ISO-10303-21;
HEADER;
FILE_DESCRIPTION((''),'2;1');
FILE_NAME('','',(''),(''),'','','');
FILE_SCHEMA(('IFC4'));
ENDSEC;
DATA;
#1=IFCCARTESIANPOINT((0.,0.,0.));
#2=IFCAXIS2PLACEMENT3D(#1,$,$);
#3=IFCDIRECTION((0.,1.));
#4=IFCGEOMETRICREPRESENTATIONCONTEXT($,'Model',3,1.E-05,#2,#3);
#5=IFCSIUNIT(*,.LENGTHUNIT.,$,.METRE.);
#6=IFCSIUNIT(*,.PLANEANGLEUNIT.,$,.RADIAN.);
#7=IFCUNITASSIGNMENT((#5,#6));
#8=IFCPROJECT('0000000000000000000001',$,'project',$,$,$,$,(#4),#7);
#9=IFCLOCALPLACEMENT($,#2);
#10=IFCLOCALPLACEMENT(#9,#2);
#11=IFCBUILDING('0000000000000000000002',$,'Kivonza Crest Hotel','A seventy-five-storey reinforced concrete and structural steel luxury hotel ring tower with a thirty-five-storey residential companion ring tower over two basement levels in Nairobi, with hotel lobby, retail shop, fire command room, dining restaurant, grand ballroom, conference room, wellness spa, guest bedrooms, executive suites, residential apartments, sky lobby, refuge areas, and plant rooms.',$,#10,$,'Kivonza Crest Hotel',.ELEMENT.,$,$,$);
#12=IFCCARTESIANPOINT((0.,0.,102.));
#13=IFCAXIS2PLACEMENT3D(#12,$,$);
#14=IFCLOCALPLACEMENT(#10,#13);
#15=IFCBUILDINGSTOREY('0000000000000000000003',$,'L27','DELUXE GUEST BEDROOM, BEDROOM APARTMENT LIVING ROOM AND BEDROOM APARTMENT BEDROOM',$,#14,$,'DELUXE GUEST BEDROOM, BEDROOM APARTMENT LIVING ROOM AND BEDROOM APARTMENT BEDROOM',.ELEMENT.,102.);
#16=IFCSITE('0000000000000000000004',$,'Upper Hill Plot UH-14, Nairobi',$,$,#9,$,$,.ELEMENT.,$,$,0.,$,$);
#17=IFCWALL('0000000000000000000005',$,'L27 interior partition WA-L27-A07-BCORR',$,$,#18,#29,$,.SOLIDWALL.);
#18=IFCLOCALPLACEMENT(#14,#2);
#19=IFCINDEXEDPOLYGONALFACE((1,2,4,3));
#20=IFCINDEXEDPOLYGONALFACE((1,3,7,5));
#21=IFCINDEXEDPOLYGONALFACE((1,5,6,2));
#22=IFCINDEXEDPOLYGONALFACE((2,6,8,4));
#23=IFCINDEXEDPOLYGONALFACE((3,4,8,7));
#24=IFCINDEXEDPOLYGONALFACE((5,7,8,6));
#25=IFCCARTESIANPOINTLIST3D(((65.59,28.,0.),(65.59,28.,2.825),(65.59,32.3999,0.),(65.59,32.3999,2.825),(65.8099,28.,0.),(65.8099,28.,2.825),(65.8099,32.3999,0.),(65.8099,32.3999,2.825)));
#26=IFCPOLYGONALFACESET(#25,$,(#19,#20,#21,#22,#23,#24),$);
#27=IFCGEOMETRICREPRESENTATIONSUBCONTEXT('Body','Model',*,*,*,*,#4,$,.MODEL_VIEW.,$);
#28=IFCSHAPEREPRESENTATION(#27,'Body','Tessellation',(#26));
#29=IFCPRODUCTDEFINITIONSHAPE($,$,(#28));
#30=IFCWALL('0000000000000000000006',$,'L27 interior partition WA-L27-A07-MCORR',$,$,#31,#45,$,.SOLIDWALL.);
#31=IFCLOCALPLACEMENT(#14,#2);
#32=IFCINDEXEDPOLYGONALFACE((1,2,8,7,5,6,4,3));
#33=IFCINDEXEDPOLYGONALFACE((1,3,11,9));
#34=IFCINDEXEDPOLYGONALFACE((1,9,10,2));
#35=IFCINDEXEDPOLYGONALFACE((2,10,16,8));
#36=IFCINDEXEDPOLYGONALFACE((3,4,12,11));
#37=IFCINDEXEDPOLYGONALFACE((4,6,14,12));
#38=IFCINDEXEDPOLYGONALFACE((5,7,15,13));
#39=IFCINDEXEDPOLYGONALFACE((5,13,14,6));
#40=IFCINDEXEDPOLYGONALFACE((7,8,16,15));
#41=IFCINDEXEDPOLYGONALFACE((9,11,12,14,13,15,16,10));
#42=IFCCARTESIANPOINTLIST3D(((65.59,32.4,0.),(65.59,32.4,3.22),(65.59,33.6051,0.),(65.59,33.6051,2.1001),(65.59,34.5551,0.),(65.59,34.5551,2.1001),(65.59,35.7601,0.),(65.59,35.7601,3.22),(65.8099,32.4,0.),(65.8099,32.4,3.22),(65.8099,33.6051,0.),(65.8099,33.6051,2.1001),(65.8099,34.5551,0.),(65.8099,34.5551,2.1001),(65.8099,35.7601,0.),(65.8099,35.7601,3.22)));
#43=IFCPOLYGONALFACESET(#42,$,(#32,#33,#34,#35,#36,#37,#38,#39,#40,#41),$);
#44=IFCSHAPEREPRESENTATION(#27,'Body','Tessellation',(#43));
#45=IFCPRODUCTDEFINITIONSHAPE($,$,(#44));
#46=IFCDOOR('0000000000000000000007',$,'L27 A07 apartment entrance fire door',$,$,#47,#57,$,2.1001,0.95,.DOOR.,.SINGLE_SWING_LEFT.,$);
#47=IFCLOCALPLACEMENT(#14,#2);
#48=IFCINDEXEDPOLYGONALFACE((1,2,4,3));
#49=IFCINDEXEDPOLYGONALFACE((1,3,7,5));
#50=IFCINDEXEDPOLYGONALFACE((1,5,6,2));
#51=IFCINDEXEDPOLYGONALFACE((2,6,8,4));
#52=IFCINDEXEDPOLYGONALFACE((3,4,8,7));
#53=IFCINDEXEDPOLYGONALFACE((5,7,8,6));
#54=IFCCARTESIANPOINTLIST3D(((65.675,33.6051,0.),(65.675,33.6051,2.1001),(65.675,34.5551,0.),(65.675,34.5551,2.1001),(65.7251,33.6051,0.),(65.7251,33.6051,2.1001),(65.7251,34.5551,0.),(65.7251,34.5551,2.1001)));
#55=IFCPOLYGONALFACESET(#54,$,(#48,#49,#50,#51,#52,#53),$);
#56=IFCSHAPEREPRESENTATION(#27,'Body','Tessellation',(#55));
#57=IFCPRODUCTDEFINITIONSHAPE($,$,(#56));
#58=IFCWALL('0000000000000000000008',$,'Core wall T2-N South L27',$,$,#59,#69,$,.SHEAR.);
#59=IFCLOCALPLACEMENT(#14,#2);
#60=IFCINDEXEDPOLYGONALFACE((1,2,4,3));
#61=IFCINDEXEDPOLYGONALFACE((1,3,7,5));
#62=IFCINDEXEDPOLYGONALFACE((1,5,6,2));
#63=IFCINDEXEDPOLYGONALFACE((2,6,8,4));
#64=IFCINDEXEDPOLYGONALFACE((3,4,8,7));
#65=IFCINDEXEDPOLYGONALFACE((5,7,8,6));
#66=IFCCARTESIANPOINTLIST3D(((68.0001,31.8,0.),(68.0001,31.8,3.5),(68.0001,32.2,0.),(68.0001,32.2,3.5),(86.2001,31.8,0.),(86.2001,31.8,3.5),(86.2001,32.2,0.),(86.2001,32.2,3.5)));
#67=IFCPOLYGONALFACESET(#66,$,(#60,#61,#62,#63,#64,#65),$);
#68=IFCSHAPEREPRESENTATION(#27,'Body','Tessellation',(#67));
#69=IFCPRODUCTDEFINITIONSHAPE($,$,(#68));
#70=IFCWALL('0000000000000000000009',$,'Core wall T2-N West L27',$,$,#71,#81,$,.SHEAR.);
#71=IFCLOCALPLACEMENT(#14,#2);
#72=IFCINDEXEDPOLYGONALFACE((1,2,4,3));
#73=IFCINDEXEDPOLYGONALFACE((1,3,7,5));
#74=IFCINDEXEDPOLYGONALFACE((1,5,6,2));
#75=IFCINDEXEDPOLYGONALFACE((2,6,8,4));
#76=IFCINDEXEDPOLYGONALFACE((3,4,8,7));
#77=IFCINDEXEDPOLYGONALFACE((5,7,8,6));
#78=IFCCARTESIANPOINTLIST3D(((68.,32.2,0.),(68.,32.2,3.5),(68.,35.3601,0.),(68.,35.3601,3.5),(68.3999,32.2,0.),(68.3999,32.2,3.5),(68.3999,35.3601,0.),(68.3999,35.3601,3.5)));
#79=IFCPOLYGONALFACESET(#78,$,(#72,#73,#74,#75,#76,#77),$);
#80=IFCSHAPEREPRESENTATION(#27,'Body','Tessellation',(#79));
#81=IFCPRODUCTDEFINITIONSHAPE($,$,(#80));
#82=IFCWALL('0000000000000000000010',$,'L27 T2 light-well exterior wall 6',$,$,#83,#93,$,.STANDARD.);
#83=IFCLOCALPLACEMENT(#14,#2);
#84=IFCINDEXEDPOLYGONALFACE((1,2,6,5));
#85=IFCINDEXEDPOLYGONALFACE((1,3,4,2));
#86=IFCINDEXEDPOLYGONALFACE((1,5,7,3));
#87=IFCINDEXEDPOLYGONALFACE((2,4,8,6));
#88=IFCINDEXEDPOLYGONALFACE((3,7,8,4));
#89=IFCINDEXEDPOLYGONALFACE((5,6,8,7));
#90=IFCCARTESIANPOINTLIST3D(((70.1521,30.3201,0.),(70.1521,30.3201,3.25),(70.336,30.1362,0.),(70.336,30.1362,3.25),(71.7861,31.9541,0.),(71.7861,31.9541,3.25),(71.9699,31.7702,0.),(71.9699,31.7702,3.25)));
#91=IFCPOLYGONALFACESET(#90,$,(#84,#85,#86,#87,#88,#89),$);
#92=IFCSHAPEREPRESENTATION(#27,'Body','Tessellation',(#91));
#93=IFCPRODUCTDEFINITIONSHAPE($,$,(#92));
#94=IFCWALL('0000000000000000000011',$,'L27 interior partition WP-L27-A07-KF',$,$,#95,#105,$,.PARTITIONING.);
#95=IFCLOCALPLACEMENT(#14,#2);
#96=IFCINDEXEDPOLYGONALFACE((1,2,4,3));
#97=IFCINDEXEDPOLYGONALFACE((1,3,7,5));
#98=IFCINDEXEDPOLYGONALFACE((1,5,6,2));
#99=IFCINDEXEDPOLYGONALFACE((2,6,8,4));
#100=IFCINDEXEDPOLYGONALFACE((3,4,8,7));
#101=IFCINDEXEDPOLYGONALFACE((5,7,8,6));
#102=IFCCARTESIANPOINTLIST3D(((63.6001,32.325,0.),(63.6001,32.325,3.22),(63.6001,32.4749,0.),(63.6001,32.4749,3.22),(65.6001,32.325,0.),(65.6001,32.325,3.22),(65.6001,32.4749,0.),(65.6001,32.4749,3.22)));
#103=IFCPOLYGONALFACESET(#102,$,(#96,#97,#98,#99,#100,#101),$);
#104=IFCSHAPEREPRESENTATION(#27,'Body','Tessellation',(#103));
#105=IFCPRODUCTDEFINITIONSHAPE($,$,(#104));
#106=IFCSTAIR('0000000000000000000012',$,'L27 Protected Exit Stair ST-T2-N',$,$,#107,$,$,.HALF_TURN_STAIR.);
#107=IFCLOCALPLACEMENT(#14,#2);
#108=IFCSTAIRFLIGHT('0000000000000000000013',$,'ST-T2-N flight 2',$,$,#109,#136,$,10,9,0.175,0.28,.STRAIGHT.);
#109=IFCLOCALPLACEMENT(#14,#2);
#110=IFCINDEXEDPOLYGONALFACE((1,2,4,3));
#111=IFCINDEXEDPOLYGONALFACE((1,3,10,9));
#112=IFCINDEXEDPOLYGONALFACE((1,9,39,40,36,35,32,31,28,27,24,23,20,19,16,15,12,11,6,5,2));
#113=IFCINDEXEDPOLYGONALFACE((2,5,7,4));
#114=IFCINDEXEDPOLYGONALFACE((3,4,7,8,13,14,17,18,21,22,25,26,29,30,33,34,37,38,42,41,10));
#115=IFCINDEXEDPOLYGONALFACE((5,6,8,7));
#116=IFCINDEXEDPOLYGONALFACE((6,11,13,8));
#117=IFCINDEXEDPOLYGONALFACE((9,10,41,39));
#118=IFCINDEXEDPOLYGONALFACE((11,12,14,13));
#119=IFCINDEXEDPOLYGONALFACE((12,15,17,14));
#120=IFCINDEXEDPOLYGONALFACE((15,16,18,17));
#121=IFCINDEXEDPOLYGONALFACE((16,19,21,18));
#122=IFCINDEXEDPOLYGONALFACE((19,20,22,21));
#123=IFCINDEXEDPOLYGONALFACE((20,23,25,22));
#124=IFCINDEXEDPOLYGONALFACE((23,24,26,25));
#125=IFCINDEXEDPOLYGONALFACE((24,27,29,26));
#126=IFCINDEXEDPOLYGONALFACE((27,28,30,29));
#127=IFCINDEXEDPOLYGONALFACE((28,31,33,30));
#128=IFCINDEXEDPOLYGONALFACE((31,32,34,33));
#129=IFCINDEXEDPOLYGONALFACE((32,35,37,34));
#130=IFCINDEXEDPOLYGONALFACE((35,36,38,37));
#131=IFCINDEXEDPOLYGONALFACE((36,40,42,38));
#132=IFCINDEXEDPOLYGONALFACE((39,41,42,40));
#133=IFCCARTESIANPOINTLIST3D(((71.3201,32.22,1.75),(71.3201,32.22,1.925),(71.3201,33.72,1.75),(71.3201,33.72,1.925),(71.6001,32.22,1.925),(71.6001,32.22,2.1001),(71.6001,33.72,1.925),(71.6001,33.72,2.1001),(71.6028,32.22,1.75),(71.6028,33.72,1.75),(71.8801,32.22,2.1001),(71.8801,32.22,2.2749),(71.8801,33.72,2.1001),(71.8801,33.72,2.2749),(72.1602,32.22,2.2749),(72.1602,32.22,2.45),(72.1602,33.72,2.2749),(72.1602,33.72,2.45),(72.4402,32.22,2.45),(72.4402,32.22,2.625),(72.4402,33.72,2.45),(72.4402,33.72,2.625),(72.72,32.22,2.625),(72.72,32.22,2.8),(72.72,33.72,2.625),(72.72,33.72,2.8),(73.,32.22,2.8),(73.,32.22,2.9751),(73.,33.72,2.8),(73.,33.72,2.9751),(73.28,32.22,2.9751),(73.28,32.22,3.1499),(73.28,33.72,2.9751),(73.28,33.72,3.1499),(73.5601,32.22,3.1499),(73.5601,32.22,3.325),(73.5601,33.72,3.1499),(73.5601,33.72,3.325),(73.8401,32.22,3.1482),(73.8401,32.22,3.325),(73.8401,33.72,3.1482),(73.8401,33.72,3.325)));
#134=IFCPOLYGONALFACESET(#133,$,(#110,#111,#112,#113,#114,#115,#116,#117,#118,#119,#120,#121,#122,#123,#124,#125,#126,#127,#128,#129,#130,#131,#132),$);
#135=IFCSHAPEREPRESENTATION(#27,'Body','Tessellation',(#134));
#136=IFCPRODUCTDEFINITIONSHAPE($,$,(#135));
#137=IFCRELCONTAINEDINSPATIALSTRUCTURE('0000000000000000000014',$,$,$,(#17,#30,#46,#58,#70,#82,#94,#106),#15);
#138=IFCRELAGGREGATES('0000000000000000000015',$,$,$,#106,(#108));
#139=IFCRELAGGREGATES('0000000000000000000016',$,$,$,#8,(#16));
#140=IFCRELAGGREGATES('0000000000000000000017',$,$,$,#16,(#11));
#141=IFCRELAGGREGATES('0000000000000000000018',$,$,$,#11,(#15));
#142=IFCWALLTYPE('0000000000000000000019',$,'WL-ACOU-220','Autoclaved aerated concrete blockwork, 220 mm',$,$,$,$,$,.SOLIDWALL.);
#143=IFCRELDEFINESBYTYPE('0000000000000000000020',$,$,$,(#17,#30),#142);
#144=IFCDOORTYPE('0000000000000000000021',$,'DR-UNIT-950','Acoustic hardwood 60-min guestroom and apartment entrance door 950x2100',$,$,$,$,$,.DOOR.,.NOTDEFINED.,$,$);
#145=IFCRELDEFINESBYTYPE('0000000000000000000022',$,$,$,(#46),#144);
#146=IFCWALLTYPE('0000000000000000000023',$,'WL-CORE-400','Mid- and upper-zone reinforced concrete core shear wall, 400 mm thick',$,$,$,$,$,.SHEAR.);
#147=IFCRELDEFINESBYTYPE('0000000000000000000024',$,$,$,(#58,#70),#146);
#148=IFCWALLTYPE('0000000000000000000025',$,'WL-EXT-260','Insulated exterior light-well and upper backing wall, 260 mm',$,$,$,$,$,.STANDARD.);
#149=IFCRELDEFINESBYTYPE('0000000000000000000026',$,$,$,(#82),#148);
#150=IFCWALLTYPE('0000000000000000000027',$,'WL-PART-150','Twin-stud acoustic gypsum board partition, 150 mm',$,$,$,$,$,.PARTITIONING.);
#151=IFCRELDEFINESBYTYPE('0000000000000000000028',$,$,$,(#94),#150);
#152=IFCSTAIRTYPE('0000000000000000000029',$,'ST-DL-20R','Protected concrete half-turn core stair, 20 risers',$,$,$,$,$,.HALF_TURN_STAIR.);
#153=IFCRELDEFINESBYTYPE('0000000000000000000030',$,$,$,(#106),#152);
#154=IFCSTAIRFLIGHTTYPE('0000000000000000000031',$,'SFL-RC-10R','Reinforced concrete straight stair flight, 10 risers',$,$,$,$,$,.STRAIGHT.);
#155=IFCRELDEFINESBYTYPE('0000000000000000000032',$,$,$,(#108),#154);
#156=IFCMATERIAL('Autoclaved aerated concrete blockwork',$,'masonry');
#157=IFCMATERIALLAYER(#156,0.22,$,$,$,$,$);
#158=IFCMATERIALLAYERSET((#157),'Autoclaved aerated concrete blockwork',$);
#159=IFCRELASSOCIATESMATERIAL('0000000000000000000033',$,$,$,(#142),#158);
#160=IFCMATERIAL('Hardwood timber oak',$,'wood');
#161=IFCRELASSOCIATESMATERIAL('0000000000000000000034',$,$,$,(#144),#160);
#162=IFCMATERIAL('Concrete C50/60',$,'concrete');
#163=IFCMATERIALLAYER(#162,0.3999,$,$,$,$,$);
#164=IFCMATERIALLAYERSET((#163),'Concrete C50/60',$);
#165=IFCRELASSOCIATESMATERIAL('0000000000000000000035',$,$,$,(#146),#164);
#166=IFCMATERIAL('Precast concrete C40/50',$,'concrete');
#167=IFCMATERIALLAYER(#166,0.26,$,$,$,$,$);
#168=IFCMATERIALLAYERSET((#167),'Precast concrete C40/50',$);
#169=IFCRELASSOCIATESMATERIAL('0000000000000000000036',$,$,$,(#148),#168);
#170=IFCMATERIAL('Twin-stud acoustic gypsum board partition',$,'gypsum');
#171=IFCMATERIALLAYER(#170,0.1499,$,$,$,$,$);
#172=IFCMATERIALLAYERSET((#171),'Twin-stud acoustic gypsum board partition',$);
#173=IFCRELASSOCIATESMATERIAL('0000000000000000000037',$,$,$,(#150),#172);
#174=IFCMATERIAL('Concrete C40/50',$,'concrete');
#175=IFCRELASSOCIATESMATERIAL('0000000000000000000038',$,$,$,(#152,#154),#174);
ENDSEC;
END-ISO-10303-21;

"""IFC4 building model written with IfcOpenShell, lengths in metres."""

from ifc_helpers import new_model, si_unit, direction, frame, frame_2d, origin, place, context, subcontext, project, spatial, polyline, rectangle, outline, extrude, material, layer, layer_set, type_object, element, fill, aggregate, save


model = new_model("IFC4")

# Units and contexts
model_context = context("Model", 3, precision=1e-05, world=origin(), true_north=direction((0.0, 1.0)))
body_context = subcontext(model_context, "Body", "Model", "MODEL_VIEW")
ifc_project = project(units=[si_unit("LENGTHUNIT", "METRE"), si_unit("PLANEANGLEUNIT", "RADIAN")], contexts=[model_context])

# Site, building, storey
site_placement = place(None, origin())
site = spatial("IfcSite", under=ifc_project, at=site_placement, Name="Upper Hill Plot UH-14, Nairobi", CompositionType="ELEMENT", RefElevation=0.0)
building_placement = place(site_placement, origin())
building = spatial("IfcBuilding", under=site, at=building_placement, Name="Kivonza Crest Hotel", Description="A seventy-five-storey reinforced concrete and structural steel luxury hotel ring tower with a thirty-five-storey residential companion ring tower over two basement levels in Nairobi, with hotel lobby, retail shop, fire command room, dining restaurant, grand ballroom, conference room, wellness spa, guest bedrooms, executive suites, residential apartments, sky lobby, refuge areas, and plant rooms.", LongName="Kivonza Crest Hotel", CompositionType="ELEMENT")
storey_placement = place(building_placement, frame((0.0, 0.0, 102.0)))
storey = spatial("IfcBuildingStorey", under=building, at=storey_placement, Name="L27", Description="DELUXE GUEST BEDROOM, BEDROOM APARTMENT LIVING ROOM AND BEDROOM APARTMENT BEDROOM", LongName="DELUXE GUEST BEDROOM, BEDROOM APARTMENT LIVING ROOM AND BEDROOM APARTMENT BEDROOM", CompositionType="ELEMENT", Elevation=102.0)

# Shared definitions
ifc_material_1 = material(Name="Concrete C50/60", Category="concrete")

# Wall
ifc_material_2 = material(Name="Autoclaved aerated concrete blockwork", Category="masonry")
ifc_layer_1 = layer(ifc_material_2, 0.22)
ifc_layer_set_1 = layer_set([ifc_layer_1], Name="Autoclaved aerated concrete blockwork")
wall_type_1 = type_object("IfcWallType", Name="WL-ACOU-220", Description="Autoclaved aerated concrete blockwork, 220 mm", PredefinedType="SOLIDWALL", material=ifc_layer_set_1)
wall_1_placement = place(storey_placement, frame((65.7, 28.0, 0.0), z_axis=(0.0, 0.0, 1.0), x_axis=(0.0, 1.0, 0.0)))
element("IfcWall", 1, at=wall_1_placement, inside=storey, type_object=wall_type_1, Name="L27 interior partition WA-L27-A07-BCORR", PredefinedType="SOLIDWALL", context=body_context, shape_type="SweptSolid", body=[
    extrude(rectangle(XDim=4.3999, YDim=0.22, at=frame_2d((2.2, 0.0))), origin(), (0.0, 0.0, 1.0), 2.825),
])

# Wall, opening, door
wall_2_placement = place(storey_placement, frame((65.7, 32.3999, 0.0), z_axis=(0.0, 0.0, 1.0), x_axis=(0.0, 1.0, 0.0)))
wall_2 = element("IfcWall", 2, at=wall_2_placement, inside=storey, type_object=wall_type_1, Name="L27 interior partition WA-L27-A07-MCORR", PredefinedType="SOLIDWALL", context=body_context, shape_type="SweptSolid", body=[
    extrude(rectangle(XDim=3.3601, YDim=0.22, at=frame_2d((1.6802, 0.0))), origin(), (0.0, 0.0, 1.0), 3.22),
])
opening_placement = place(wall_2_placement, frame((1.2051, 0.0, 0.0)))
opening = element("IfcOpeningElement", 3, at=opening_placement, cuts=wall_2, PredefinedType="OPENING", context=body_context, shape_type="SweptSolid", body=[
    extrude(rectangle(XDim=0.95, YDim=2.1001, at=frame_2d((0.4751, 1.05))), frame((0.0, 0.1201, 0.0), z_axis=(0.0, -1.0, 0.0), x_axis=(1.0, 0.0, 0.0)), (0.0, 0.0, 1.0), 0.24),
])
ifc_material_3 = material(Name="Hardwood timber oak", Category="wood")
door_type = type_object("IfcDoorType", Name="DR-UNIT-950", Description="Acoustic hardwood 60-min guestroom and apartment entrance door 950x2100", OperationType="NOTDEFINED", PredefinedType="DOOR", material=ifc_material_3)
door_placement = place(opening_placement, origin())
door = element("IfcDoor", 4, at=door_placement, inside=storey, type_object=door_type, Name="L27 A07 apartment entrance fire door", OperationType="SINGLE_SWING_LEFT", OverallHeight=2.1001, OverallWidth=0.95, PredefinedType="DOOR", context=body_context, shape_type="SweptSolid", body=[
    extrude(rectangle(XDim=0.95, YDim=2.1001, at=frame_2d((0.4751, 1.05))), frame((0.0, 0.0249, 0.0), z_axis=(0.0, -1.0, 0.0), x_axis=(1.0, 0.0, 0.0)), (0.0, 0.0, 1.0), 0.05),
])
fill(opening, door)

# Walls
ifc_layer_2 = layer(ifc_material_1, 0.3999)
ifc_layer_set_2 = layer_set([ifc_layer_2], Name="Concrete C50/60")
wall_type_2 = type_object("IfcWallType", Name="WL-CORE-400", Description="Mid- and upper-zone reinforced concrete core shear wall, 400 mm thick", PredefinedType="SHEAR", material=ifc_layer_set_2)
wall_3_placement = place(storey_placement, frame((68.0, 32.0, 0.0), z_axis=(0.0, 0.0, 1.0), x_axis=(1.0, 0.0, 0.0)))
element("IfcWall", 5, at=wall_3_placement, inside=storey, type_object=wall_type_2, Name="Core wall T2-N South L27", PredefinedType="SHEAR", context=body_context, shape_type="SweptSolid", body=[
    extrude(rectangle(XDim=18.2, YDim=0.3999, at=frame_2d((9.1001, 0.0))), origin(), (0.0, 0.0, 1.0), 3.5),
])
wall_4_placement = place(storey_placement, frame((68.2, 32.2, 0.0), z_axis=(0.0, 0.0, 1.0), x_axis=(0.0, 1.0, 0.0)))
element("IfcWall", 6, at=wall_4_placement, inside=storey, type_object=wall_type_2, Name="Core wall T2-N West L27", PredefinedType="SHEAR", context=body_context, shape_type="SweptSolid", body=[
    extrude(rectangle(XDim=3.1602, YDim=0.3999, at=frame_2d((1.5801, 0.0))), origin(), (0.0, 0.0, 1.0), 3.5),
])
ifc_material_4 = material(Name="Precast concrete C40/50", Category="concrete")
ifc_layer_3 = layer(ifc_material_4, 0.26)
ifc_layer_set_3 = layer_set([ifc_layer_3], Name="Precast concrete C40/50")
wall_type_3 = type_object("IfcWallType", Name="WL-EXT-260", Description="Insulated exterior light-well and upper backing wall, 260 mm", PredefinedType="STANDARD", material=ifc_layer_set_3)
wall_5_placement = place(storey_placement, frame((71.8779, 31.8621, 0.0), z_axis=(0.0, 0.0, 1.0), x_axis=(-0.707107, -0.707107, 0.0)))
element("IfcWall", 7, at=wall_5_placement, inside=storey, type_object=wall_type_3, Name="L27 T2 light-well exterior wall 6", PredefinedType="STANDARD", context=body_context, shape_type="SweptSolid", body=[
    extrude(rectangle(XDim=2.3108, YDim=0.26, at=frame_2d((1.1553, 0.0))), origin(), (0.0, 0.0, 1.0), 3.25),
])
ifc_material_5 = material(Name="Twin-stud acoustic gypsum board partition", Category="gypsum")
ifc_layer_4 = layer(ifc_material_5, 0.1499)
ifc_layer_set_4 = layer_set([ifc_layer_4], Name="Twin-stud acoustic gypsum board partition")
wall_type_4 = type_object("IfcWallType", Name="WL-PART-150", Description="Twin-stud acoustic gypsum board partition, 150 mm", PredefinedType="PARTITIONING", material=ifc_layer_set_4)
wall_6_placement = place(storey_placement, frame((63.6001, 32.3999, 0.0), z_axis=(0.0, 0.0, 1.0), x_axis=(1.0, 0.0, 0.0)))
element("IfcWall", 8, at=wall_6_placement, inside=storey, type_object=wall_type_4, Name="L27 interior partition WP-L27-A07-KF", PredefinedType="PARTITIONING", context=body_context, shape_type="SweptSolid", body=[
    extrude(rectangle(XDim=2.0, YDim=0.1499, at=frame_2d((1.0, 0.0))), origin(), (0.0, 0.0, 1.0), 3.22),
])

# Stair, stair flight
ifc_material_6 = material(Name="Concrete C40/50", Category="concrete")
stair_type = type_object("IfcStairType", Name="ST-DL-20R", Description="Protected concrete half-turn core stair, 20 risers", PredefinedType="HALF_TURN_STAIR", material=ifc_material_6)
stair_placement = place(storey_placement, origin())
stair = element("IfcStair", 9, at=stair_placement, inside=storey, type_object=stair_type, Name="L27 Protected Exit Stair ST-T2-N", PredefinedType="HALF_TURN_STAIR")
stair_flight_type = type_object("IfcStairFlightType", Name="SFL-RC-10R", Description="Reinforced concrete straight stair flight, 10 risers", PredefinedType="STRAIGHT", material=ifc_material_6)
stair_flight_placement = place(storey_placement, frame((71.3201, 32.97, 1.75), z_axis=(0.0, 0.0, 1.0), x_axis=(1.0, 0.0, 0.0)))
stair_flight = element("IfcStairFlight", 10, at=stair_flight_placement, type_object=stair_flight_type, Name="ST-T2-N flight 2", NumberOfRisers=10, NumberOfTreads=9, PredefinedType="STRAIGHT", RiserHeight=0.175, TreadLength=0.28, context=body_context, shape_type="SweptSolid", body=[
    extrude(outline(polyline([(0.0, 0.0), (0.0, 0.175), (0.28, 0.175), (0.28, 0.3501), (0.5601, 0.3501), (0.5601, 0.5249), (0.8401, 0.5249), (0.8401, 0.7), (1.1201, 0.7), (1.1201, 0.875), (1.3999, 0.875), (1.3999, 1.05), (1.6799, 1.05), (1.6799, 1.2251), (1.96, 1.2251), (1.96, 1.3999), (2.24, 1.3999), (2.24, 1.575), (2.52, 1.575), (2.52, 1.75), (2.52, 1.3982), (0.2827, 0.0), (0.0, 0.0)])), frame((0.0, 0.75, 0.0), z_axis=(0.0, -1.0, 0.0), x_axis=(1.0, 0.0, 0.0)), (0.0, 0.0, 1.0), 1.5),
])
aggregate(stair, [stair_flight])

save(model, "model.ifc")
